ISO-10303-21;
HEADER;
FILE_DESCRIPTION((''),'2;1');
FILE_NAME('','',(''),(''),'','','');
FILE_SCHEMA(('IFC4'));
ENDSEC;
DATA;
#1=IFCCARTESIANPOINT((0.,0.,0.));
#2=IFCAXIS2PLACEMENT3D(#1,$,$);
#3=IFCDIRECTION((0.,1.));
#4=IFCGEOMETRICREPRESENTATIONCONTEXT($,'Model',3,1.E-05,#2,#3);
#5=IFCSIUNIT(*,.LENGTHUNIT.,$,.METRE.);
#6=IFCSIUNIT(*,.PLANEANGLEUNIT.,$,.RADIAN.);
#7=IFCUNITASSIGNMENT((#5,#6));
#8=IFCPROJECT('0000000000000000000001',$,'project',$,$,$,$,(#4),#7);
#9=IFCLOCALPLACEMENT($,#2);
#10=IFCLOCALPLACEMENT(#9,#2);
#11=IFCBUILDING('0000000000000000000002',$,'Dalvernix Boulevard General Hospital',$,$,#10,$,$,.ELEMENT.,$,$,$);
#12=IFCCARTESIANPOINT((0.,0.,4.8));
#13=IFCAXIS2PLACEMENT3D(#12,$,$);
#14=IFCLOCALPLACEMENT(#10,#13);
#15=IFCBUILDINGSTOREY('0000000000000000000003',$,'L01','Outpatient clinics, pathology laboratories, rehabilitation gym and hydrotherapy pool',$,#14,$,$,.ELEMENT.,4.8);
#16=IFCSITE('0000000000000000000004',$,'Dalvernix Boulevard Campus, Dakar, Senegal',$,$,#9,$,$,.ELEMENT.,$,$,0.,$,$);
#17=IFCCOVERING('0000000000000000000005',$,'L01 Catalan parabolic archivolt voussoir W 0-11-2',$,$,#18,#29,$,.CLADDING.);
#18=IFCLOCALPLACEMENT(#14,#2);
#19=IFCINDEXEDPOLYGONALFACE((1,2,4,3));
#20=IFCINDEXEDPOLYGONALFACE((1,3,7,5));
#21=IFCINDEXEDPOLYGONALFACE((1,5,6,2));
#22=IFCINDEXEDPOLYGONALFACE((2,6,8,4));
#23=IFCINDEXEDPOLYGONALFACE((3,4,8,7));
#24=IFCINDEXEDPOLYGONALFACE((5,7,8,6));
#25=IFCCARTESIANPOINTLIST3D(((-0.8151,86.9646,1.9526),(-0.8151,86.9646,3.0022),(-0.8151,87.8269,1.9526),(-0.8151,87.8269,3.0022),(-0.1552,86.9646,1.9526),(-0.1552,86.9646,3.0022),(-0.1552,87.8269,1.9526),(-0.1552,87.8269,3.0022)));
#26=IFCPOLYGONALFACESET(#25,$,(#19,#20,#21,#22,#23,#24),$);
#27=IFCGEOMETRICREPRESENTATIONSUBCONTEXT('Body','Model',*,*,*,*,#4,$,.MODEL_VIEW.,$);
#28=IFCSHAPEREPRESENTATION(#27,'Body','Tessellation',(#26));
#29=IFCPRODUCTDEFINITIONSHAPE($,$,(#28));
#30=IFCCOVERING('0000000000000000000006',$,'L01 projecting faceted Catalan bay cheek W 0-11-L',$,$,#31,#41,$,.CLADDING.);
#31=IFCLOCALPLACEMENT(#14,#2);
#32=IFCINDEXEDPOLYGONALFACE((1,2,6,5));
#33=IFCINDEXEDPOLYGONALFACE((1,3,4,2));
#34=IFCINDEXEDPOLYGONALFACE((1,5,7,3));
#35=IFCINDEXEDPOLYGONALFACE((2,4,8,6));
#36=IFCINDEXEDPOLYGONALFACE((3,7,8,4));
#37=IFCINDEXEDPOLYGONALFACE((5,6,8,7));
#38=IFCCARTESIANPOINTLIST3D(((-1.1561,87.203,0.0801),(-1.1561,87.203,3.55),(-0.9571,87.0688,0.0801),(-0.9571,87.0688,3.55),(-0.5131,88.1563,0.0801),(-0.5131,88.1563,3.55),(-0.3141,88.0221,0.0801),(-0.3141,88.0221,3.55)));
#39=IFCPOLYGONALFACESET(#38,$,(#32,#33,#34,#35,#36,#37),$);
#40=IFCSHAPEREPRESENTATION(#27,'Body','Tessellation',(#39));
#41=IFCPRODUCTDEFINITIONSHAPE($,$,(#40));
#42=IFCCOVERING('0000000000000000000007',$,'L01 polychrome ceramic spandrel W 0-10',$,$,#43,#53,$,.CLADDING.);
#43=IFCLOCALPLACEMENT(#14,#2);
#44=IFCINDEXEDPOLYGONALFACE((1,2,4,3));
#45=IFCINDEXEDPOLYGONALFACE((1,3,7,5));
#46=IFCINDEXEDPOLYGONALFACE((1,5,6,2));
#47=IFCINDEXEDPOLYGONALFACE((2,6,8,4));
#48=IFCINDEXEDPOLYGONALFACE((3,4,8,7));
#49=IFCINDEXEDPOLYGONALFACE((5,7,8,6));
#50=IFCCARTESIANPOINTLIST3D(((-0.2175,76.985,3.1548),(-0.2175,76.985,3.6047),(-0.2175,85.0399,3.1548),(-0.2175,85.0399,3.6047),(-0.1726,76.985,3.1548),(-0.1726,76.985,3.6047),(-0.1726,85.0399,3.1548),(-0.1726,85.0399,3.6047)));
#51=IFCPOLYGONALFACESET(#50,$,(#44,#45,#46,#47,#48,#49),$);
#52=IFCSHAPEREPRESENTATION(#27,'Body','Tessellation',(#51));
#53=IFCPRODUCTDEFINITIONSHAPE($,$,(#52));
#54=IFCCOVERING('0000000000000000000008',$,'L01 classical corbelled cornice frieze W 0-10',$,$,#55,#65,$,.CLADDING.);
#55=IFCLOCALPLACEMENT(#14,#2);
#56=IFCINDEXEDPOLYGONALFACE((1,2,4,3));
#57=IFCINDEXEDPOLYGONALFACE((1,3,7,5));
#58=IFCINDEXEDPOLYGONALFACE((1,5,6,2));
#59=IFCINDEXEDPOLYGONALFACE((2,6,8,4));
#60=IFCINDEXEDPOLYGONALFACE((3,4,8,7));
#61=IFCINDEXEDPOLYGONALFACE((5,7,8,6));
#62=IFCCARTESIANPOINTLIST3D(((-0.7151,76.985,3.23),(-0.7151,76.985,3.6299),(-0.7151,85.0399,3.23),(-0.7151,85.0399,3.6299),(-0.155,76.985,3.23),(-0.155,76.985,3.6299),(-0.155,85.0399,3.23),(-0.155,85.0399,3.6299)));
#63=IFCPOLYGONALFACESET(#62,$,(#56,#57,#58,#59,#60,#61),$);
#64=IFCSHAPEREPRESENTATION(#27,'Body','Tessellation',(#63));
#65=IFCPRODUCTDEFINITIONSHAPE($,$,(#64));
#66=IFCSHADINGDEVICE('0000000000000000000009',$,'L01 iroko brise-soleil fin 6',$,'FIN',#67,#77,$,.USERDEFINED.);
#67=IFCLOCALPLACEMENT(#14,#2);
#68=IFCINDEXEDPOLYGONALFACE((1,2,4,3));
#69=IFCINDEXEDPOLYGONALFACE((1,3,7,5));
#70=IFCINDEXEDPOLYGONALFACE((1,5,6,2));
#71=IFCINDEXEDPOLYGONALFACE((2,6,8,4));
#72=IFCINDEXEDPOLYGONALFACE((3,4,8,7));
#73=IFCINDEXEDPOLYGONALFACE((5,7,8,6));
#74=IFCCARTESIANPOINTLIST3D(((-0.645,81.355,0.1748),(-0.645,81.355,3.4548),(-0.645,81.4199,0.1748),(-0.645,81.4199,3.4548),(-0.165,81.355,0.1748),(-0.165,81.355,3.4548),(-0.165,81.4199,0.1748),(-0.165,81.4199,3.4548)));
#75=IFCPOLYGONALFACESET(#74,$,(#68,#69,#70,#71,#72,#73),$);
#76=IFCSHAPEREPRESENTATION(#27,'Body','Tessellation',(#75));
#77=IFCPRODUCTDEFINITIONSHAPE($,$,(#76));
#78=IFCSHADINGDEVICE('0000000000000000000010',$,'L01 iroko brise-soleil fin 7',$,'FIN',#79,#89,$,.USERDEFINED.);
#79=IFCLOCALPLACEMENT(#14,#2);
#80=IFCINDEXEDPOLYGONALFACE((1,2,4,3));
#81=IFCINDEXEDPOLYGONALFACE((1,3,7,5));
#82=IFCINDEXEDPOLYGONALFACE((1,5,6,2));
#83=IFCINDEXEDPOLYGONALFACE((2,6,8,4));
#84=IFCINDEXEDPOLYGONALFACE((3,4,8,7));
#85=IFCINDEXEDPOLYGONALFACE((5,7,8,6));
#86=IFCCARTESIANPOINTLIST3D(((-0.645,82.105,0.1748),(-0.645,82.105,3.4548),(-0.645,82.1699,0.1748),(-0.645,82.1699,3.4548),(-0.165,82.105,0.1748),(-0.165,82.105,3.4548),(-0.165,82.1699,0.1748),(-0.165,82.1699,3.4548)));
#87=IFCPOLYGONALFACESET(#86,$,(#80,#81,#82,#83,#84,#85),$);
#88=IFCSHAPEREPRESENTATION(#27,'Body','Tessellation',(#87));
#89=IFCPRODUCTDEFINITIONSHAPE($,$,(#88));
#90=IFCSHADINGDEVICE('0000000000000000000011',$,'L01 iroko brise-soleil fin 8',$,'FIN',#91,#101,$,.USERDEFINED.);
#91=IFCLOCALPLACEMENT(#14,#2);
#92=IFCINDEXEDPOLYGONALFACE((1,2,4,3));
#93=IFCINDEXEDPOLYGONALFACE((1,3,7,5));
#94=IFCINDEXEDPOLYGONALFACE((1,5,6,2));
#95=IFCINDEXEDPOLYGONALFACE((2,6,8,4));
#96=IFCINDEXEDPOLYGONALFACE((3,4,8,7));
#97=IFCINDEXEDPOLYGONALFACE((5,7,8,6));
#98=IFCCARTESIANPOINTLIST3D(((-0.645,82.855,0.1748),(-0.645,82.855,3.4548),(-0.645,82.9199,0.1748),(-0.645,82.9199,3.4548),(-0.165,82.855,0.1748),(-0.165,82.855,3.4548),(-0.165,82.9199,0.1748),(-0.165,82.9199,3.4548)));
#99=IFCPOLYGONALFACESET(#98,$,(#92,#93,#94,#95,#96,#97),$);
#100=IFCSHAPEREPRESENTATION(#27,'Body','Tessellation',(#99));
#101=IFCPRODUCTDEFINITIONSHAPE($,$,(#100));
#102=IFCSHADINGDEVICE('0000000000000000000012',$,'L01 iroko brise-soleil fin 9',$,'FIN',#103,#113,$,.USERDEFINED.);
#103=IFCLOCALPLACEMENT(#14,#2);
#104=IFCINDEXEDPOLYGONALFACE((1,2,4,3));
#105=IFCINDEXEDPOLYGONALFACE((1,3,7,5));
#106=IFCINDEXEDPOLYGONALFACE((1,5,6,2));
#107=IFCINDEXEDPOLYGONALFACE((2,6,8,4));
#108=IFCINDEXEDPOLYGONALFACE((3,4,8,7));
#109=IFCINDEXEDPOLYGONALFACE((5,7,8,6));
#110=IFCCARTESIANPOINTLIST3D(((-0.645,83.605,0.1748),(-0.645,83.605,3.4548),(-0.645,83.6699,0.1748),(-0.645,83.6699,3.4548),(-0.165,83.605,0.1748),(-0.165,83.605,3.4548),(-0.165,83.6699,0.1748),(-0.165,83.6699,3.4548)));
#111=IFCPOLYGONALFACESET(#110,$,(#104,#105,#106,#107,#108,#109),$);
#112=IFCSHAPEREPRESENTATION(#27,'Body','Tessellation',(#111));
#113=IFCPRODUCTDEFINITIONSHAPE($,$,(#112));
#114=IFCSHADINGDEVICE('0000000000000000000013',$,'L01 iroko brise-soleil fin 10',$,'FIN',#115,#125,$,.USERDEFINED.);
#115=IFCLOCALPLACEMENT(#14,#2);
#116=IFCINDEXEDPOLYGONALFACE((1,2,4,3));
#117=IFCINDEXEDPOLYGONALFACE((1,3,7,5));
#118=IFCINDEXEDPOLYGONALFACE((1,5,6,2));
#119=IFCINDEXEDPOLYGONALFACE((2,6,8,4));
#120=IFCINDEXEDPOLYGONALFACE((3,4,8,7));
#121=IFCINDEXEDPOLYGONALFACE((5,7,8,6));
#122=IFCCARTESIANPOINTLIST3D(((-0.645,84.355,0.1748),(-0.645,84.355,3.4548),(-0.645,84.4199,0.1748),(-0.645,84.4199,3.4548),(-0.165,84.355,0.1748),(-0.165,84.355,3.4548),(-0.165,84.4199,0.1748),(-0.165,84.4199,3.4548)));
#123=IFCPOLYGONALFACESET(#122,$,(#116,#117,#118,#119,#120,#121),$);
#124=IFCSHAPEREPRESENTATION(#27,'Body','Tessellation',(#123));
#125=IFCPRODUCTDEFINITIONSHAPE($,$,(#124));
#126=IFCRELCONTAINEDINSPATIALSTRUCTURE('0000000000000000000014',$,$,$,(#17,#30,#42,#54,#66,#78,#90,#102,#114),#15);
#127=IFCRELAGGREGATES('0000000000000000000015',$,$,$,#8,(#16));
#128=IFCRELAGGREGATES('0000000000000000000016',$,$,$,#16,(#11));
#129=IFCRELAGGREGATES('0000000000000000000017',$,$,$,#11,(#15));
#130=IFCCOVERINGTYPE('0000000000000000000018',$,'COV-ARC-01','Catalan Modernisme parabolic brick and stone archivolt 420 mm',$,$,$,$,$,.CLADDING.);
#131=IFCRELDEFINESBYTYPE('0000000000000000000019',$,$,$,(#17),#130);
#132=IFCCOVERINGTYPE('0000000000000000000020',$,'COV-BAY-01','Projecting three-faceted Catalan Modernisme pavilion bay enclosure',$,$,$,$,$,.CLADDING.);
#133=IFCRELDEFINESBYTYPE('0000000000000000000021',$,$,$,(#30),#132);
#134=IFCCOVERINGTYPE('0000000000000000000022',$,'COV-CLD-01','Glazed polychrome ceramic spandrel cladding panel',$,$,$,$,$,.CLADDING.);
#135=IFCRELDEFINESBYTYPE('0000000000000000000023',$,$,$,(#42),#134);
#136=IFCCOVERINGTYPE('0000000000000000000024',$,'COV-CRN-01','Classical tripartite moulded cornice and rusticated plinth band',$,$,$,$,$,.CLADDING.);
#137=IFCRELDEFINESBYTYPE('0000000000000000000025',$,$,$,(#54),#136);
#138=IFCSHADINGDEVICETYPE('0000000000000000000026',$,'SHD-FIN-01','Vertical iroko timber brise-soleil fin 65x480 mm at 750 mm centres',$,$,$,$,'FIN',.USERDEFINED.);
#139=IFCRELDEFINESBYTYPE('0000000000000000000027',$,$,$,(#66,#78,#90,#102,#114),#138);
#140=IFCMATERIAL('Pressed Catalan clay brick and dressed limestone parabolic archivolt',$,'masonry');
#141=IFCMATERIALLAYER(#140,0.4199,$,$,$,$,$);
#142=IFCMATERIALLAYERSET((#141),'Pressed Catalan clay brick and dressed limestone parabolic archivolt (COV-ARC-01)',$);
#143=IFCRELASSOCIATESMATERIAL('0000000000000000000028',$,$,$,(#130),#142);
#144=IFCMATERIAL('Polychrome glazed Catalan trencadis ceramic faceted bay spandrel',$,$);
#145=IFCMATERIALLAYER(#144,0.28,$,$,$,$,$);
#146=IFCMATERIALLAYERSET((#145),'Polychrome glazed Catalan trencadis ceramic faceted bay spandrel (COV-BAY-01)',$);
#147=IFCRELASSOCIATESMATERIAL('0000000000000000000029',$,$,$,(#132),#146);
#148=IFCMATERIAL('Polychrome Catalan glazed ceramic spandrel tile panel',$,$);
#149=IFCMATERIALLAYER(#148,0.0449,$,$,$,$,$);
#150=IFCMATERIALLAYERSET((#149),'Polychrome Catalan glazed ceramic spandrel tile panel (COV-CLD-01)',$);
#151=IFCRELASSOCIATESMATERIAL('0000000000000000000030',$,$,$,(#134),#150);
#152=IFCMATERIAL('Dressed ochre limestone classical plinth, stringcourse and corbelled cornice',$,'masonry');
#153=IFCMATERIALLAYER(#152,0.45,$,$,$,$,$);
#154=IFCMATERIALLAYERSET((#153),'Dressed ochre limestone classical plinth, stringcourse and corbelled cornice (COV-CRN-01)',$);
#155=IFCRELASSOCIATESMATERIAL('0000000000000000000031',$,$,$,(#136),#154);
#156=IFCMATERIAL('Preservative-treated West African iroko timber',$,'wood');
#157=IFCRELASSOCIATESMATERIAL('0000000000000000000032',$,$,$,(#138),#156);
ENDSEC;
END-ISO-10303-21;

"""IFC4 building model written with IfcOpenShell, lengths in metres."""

from ifc_helpers import new_model, si_unit, direction, frame, origin, origin_2d, place, context, subcontext, project, spatial, rectangle, extrude, material, layer, layer_set, type_object, element, save


model = new_model("IFC4")

# Units and contexts
model_context = context("Model", 3, precision=1e-05, world=origin(), true_north=direction((0.0, 1.0)))
body_context = subcontext(model_context, "Body", "Model", "MODEL_VIEW")
ifc_project = project(units=[si_unit("LENGTHUNIT", "METRE"), si_unit("PLANEANGLEUNIT", "RADIAN")], contexts=[model_context])

# Site, building, storey
site_placement = place(None, origin())
site = spatial("IfcSite", under=ifc_project, at=site_placement, Name="Dalvernix Boulevard Campus, Dakar, Senegal", CompositionType="ELEMENT", RefElevation=0.0)
building_placement = place(site_placement, origin())
building = spatial("IfcBuilding", under=site, at=building_placement, Name="Dalvernix Boulevard General Hospital", CompositionType="ELEMENT")
storey_placement = place(building_placement, frame((0.0, 0.0, 4.8)))
storey = spatial("IfcBuildingStorey", under=building, at=storey_placement, Name="L01", Description="Outpatient clinics, pathology laboratories, rehabilitation gym and hydrotherapy pool", CompositionType="ELEMENT", Elevation=4.8)

# Coverings
ifc_material_1 = material(Name="Pressed Catalan clay brick and dressed limestone parabolic archivolt", Category="masonry")
ifc_layer_1 = layer(ifc_material_1, 0.4199)
ifc_layer_set_1 = layer_set([ifc_layer_1], Name="Pressed Catalan clay brick and dressed limestone parabolic archivolt (COV-ARC-01)")
covering_type_1 = type_object("IfcCoveringType", Name="COV-ARC-01", Description="Catalan Modernisme parabolic brick and stone archivolt 420 mm", PredefinedType="CLADDING", material=ifc_layer_set_1)
covering_1_placement = place(storey_placement, frame((-0.4851, 87.3958, 1.9526), z_axis=(0.0, 0.0, 1.0), x_axis=(0.0, 1.0, 0.0)))
element("IfcCovering", 1, at=covering_1_placement, inside=storey, type_object=covering_type_1, Name="L01 Catalan parabolic archivolt voussoir W 0-11-2", PredefinedType="CLADDING", context=body_context, shape_type="SweptSolid", body=[
    extrude(rectangle(XDim=0.8623, YDim=0.6599, at=origin_2d()), origin(), (0.0, 0.0, 1.0), 1.0496),
])
ifc_material_2 = material(Name="Polychrome glazed Catalan trencadis ceramic faceted bay spandrel")
ifc_layer_2 = layer(ifc_material_2, 0.28)
ifc_layer_set_2 = layer_set([ifc_layer_2], Name="Polychrome glazed Catalan trencadis ceramic faceted bay spandrel (COV-BAY-01)")
covering_type_2 = type_object("IfcCoveringType", Name="COV-BAY-01", Description="Projecting three-faceted Catalan Modernisme pavilion bay enclosure", PredefinedType="CLADDING", material=ifc_layer_set_2)
covering_2_placement = place(storey_placement, frame((-0.7351, 87.6125, 0.0801), z_axis=(0.0, 0.0, 1.0), x_axis=(0.559193, 0.829038, 0.0)))
element("IfcCovering", 2, at=covering_2_placement, inside=storey, type_object=covering_type_2, Name="L01 projecting faceted Catalan bay cheek W 0-11-L", PredefinedType="CLADDING", context=body_context, shape_type="SweptSolid", body=[
    extrude(rectangle(XDim=1.1499, YDim=0.24, at=origin_2d()), origin(), (0.0, 0.0, 1.0), 3.47),
])
ifc_material_3 = material(Name="Polychrome Catalan glazed ceramic spandrel tile panel")
ifc_layer_3 = layer(ifc_material_3, 0.0449)
ifc_layer_set_3 = layer_set([ifc_layer_3], Name="Polychrome Catalan glazed ceramic spandrel tile panel (COV-CLD-01)")
covering_type_3 = type_object("IfcCoveringType", Name="COV-CLD-01", Description="Glazed polychrome ceramic spandrel cladding panel", PredefinedType="CLADDING", material=ifc_layer_set_3)
covering_3_placement = place(storey_placement, frame((-0.1951, 81.0125, 3.1548), z_axis=(0.0, 0.0, 1.0), x_axis=(0.0, 1.0, 0.0)))
element("IfcCovering", 3, at=covering_3_placement, inside=storey, type_object=covering_type_3, Name="L01 polychrome ceramic spandrel W 0-10", PredefinedType="CLADDING", context=body_context, shape_type="SweptSolid", body=[
    extrude(rectangle(XDim=8.0549, YDim=0.0449, at=origin_2d()), origin(), (0.0, 0.0, 1.0), 0.45),
])
ifc_material_4 = material(Name="Dressed ochre limestone classical plinth, stringcourse and corbelled cornice", Category="masonry")
ifc_layer_4 = layer(ifc_material_4, 0.45)
ifc_layer_set_4 = layer_set([ifc_layer_4], Name="Dressed ochre limestone classical plinth, stringcourse and corbelled cornice (COV-CRN-01)")
covering_type_4 = type_object("IfcCoveringType", Name="COV-CRN-01", Description="Classical tripartite moulded cornice and rusticated plinth band", PredefinedType="CLADDING", material=ifc_layer_set_4)
covering_4_placement = place(storey_placement, frame((-0.4351, 81.0125, 3.23), z_axis=(0.0, 0.0, 1.0), x_axis=(0.0, 1.0, 0.0)))
element("IfcCovering", 4, at=covering_4_placement, inside=storey, type_object=covering_type_4, Name="L01 classical corbelled cornice frieze W 0-10", PredefinedType="CLADDING", context=body_context, shape_type="SweptSolid", body=[
    extrude(rectangle(XDim=8.0549, YDim=0.5601, at=origin_2d()), origin(), (0.0, 0.0, 1.0), 0.3999),
])

# Shading devices
ifc_material_5 = material(Name="Preservative-treated West African iroko timber", Category="wood")
shading_device_type = type_object("IfcShadingDeviceType", Name="SHD-FIN-01", Description="Vertical iroko timber brise-soleil fin 65x480 mm at 750 mm centres", ElementType="FIN", PredefinedType="USERDEFINED", material=ifc_material_5)
for number, where, z_axis, x_axis, name in (
    (5, (-0.405, 81.3875, 0.1748), (0.0, 0.0, 1.0), (0.0, 1.0, 0.0), "L01 iroko brise-soleil fin 6"),
    (6, (-0.405, 82.1375, 0.1748), (0.0, 0.0, 1.0), (0.0, 1.0, 0.0), "L01 iroko brise-soleil fin 7"),
    (7, (-0.405, 82.8875, 0.1748), (0.0, 0.0, 1.0), (0.0, 1.0, 0.0), "L01 iroko brise-soleil fin 8"),
    (8, (-0.405, 83.6375, 0.1748), (0.0, 0.0, 1.0), (0.0, 1.0, 0.0), "L01 iroko brise-soleil fin 9"),
    (9, (-0.405, 84.3875, 0.1748), (0.0, 0.0, 1.0), (0.0, 1.0, 0.0), "L01 iroko brise-soleil fin 10"),
):
    element("IfcShadingDevice", number, at=place(storey_placement, frame(where, z_axis=z_axis, x_axis=x_axis)), inside=storey, type_object=shading_device_type, Name=name, ObjectType="FIN", PredefinedType="USERDEFINED", context=body_context, shape_type="SweptSolid", body=[
        extrude(rectangle(XDim=0.0649, YDim=0.48, at=origin_2d()), origin(), (0.0, 0.0, 1.0), 3.28),
    ])

save(model, "model.ifc")
